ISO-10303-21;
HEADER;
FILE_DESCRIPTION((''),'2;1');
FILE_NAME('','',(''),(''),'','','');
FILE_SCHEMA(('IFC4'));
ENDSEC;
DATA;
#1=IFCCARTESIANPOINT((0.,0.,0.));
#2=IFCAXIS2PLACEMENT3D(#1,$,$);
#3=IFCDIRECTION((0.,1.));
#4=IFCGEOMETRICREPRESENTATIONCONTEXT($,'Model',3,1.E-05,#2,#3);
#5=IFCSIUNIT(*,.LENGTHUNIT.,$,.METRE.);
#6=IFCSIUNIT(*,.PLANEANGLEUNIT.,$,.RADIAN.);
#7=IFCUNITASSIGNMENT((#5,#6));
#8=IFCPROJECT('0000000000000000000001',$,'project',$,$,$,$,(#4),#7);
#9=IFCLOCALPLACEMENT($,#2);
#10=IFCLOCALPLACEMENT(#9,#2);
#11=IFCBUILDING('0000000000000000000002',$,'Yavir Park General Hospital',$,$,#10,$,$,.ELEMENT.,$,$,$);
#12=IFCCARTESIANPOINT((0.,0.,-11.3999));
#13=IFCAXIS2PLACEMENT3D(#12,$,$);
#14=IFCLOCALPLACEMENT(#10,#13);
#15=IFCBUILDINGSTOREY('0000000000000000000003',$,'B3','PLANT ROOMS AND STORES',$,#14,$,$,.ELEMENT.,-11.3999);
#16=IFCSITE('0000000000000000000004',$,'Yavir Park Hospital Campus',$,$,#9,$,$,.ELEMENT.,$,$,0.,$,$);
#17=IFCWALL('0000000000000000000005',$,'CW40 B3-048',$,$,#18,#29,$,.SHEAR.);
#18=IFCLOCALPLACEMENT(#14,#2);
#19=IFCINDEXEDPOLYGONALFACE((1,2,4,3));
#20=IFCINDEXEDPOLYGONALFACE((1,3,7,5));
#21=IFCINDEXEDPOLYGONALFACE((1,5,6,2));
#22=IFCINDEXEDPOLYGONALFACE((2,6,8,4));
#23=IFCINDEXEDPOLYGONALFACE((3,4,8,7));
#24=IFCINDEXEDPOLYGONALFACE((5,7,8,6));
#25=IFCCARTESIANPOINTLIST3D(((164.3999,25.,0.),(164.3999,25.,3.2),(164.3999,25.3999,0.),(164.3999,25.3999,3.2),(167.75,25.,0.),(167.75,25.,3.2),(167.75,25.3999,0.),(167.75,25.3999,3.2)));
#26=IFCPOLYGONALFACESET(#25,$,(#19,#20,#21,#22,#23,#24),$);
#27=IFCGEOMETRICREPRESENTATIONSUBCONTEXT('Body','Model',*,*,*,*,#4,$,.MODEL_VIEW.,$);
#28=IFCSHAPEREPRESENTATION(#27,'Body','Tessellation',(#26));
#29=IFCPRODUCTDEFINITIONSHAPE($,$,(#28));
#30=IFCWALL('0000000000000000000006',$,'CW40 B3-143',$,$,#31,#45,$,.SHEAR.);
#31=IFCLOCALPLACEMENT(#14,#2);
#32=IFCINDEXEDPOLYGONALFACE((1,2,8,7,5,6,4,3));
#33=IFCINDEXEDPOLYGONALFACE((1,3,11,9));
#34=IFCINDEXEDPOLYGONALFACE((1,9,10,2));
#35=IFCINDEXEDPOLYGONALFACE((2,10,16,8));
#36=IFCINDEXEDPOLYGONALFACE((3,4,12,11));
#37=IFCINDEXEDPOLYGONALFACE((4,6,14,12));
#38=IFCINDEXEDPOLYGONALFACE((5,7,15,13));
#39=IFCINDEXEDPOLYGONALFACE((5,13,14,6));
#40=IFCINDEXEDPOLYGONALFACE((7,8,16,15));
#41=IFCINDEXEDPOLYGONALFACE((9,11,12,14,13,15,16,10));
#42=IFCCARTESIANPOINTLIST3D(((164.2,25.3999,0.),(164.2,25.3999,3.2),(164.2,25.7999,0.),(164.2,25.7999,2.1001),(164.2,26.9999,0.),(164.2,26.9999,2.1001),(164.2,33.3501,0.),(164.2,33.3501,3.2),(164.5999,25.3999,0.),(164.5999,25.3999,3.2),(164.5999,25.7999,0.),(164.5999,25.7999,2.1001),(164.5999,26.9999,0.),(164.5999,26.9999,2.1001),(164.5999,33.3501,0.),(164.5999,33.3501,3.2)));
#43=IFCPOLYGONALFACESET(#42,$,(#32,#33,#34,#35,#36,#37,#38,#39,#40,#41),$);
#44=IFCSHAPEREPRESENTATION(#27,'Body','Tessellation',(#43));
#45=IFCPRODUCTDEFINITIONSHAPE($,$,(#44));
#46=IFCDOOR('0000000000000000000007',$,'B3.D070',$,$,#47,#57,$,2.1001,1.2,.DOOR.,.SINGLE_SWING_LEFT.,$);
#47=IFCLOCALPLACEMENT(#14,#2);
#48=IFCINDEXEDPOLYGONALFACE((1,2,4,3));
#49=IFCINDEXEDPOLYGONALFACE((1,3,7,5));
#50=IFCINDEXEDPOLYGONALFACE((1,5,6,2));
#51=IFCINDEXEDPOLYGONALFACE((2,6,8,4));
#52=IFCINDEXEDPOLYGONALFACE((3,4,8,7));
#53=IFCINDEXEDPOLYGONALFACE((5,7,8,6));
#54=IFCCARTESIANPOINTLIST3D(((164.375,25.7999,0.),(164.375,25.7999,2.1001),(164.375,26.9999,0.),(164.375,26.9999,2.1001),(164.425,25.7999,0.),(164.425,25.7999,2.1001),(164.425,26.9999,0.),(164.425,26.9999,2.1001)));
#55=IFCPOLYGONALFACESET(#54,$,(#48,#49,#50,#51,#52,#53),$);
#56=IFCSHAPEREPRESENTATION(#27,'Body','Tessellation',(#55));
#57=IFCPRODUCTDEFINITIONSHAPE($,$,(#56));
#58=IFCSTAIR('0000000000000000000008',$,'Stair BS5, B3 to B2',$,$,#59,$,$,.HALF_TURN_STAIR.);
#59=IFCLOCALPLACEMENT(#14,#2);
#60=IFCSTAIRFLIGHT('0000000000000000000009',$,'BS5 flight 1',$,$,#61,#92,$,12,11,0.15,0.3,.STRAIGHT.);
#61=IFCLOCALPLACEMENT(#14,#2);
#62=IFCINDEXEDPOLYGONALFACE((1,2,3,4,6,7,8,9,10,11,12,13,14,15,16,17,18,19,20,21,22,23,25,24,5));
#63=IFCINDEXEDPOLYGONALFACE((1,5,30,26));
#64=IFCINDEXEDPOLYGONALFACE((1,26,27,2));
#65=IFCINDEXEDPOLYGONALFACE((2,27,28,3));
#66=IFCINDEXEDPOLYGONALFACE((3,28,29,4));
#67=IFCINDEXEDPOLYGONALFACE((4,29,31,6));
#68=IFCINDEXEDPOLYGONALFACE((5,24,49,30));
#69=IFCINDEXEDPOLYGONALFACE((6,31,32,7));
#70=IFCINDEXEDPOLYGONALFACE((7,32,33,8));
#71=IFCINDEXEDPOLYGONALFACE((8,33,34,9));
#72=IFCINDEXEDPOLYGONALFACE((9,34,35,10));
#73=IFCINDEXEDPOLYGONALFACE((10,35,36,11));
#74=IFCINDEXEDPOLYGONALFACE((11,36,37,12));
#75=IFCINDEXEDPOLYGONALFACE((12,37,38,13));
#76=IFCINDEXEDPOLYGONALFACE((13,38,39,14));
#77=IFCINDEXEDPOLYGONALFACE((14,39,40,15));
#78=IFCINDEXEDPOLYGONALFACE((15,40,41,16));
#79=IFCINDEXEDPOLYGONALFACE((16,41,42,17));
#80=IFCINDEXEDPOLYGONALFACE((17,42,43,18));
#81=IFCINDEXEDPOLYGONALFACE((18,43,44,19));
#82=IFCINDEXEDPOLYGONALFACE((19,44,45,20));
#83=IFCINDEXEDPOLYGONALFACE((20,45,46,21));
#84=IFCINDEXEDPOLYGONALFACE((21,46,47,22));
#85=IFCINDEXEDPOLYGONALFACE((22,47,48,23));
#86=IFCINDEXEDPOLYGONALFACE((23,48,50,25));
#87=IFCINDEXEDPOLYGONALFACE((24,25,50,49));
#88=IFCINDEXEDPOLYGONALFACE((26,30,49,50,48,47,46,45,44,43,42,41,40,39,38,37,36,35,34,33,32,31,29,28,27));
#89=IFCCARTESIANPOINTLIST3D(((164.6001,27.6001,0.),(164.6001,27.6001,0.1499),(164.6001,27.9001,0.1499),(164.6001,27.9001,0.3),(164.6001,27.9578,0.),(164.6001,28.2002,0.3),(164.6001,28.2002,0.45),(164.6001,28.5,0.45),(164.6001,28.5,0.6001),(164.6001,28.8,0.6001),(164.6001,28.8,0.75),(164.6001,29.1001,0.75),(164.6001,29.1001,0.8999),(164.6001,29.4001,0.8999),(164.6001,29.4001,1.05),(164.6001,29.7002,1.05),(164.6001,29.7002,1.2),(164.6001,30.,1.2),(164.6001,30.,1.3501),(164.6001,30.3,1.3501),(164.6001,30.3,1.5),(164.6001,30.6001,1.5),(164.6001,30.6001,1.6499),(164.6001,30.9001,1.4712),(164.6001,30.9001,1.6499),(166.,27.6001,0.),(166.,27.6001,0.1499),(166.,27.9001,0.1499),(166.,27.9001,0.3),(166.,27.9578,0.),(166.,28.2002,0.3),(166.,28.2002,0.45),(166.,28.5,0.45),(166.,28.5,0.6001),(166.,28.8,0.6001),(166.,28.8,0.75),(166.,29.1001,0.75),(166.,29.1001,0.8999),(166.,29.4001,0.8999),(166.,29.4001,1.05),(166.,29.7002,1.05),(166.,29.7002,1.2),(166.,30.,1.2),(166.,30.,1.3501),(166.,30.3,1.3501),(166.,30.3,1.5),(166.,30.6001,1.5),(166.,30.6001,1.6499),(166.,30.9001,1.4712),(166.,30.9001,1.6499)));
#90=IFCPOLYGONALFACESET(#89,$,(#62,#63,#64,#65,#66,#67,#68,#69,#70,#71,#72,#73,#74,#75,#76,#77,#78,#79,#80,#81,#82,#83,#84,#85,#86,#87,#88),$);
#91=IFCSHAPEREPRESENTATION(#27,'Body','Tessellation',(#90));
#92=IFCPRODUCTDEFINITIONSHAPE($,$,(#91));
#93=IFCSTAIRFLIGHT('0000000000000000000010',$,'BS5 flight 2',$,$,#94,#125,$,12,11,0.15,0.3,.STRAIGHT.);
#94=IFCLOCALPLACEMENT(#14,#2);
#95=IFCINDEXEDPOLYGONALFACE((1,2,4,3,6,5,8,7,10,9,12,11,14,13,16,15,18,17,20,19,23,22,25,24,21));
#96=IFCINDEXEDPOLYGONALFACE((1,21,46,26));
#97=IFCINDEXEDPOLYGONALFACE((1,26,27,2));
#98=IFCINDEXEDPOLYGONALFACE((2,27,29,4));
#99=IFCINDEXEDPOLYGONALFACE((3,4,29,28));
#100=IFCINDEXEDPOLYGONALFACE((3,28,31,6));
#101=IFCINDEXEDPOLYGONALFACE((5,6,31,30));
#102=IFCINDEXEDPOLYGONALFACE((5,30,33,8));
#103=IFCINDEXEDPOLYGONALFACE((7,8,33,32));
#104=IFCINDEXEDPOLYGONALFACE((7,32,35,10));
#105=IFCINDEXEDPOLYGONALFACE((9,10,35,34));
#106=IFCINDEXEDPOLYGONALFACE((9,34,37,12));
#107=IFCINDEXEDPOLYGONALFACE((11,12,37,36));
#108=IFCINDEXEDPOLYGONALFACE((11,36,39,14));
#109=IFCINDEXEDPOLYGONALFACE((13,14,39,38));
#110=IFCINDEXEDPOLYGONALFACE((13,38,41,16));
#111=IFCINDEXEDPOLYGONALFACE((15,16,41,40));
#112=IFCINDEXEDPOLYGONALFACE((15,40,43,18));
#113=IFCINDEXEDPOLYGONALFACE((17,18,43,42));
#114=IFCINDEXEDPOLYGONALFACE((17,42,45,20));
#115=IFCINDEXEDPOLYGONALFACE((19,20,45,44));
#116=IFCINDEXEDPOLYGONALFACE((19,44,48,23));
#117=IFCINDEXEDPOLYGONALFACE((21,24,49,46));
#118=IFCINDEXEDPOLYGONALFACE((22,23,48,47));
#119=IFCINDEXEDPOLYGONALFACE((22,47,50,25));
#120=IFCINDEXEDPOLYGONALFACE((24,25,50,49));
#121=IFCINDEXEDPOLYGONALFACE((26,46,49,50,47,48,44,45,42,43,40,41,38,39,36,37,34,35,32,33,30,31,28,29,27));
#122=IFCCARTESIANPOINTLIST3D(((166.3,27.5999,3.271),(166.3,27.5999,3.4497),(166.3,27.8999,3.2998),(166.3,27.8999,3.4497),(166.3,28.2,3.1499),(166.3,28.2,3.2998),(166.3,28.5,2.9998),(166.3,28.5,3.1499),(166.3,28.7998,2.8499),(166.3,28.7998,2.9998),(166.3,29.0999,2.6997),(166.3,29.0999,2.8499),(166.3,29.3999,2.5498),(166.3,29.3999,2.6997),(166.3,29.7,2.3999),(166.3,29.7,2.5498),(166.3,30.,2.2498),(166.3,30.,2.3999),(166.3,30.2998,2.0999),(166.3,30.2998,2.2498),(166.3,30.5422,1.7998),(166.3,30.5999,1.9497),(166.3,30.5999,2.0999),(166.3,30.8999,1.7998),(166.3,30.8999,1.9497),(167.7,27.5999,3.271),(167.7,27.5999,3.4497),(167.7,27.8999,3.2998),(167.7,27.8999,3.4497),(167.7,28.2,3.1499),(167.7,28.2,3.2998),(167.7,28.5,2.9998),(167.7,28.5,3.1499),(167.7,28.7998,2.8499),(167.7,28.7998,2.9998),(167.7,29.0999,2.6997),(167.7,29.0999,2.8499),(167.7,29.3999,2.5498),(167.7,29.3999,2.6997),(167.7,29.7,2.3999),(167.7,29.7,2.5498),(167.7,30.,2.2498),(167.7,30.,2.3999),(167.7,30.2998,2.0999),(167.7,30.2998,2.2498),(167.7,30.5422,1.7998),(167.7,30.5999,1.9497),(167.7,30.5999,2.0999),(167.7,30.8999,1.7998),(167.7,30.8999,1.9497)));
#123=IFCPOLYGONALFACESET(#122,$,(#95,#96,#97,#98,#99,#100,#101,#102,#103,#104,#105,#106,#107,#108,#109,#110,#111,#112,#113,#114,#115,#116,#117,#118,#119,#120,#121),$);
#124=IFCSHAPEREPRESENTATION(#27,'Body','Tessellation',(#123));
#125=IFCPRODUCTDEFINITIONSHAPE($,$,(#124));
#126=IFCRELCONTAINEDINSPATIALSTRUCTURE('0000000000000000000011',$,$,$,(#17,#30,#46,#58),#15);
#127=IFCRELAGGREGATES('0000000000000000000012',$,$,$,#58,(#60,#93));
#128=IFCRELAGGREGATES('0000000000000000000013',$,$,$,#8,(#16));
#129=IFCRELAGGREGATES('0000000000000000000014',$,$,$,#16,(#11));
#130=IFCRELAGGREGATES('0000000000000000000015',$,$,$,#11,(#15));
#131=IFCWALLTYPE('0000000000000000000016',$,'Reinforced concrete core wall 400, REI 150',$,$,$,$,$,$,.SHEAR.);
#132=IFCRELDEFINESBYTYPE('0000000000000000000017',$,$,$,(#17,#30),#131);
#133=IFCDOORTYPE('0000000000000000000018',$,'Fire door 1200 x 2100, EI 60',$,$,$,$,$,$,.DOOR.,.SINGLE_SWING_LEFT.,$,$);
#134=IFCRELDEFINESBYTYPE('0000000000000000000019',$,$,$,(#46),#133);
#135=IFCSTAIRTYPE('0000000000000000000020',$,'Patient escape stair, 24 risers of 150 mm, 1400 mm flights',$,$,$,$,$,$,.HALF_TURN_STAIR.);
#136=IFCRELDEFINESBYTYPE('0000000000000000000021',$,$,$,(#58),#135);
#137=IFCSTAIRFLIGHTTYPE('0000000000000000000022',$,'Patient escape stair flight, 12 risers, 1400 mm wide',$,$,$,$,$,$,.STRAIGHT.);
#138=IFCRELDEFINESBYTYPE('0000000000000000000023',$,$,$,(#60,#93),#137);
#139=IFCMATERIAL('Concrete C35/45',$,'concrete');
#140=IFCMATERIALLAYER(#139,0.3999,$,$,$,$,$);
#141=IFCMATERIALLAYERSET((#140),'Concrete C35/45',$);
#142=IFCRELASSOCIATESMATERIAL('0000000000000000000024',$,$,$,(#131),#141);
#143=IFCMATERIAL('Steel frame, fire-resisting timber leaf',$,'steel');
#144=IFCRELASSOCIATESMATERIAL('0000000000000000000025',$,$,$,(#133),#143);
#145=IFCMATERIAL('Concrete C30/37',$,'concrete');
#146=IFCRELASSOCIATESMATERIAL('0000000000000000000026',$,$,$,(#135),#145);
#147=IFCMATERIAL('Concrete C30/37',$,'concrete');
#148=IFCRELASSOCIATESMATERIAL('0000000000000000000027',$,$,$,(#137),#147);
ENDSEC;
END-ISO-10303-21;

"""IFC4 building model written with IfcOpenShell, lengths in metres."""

from ifc_helpers import new_model, si_unit, direction, frame, frame_2d, origin, place, context, subcontext, project, spatial, polyline, rectangle, outline, extrude, material, layer, layer_set, type_object, element, fill, aggregate, save


model = new_model("IFC4")

# Units and contexts
model_context = context("Model", 3, precision=1e-05, world=origin(), true_north=direction((0.0, 1.0)))
body_context = subcontext(model_context, "Body", "Model", "MODEL_VIEW")
ifc_project = project(units=[si_unit("LENGTHUNIT", "METRE"), si_unit("PLANEANGLEUNIT", "RADIAN")], contexts=[model_context])

# Site, building, storey
site_placement = place(None, origin())
site = spatial("IfcSite", under=ifc_project, at=site_placement, Name="Yavir Park Hospital Campus", CompositionType="ELEMENT", RefElevation=0.0)
building_placement = place(site_placement, origin())
building = spatial("IfcBuilding", under=site, at=building_placement, Name="Yavir Park General Hospital", CompositionType="ELEMENT")
storey_placement = place(building_placement, frame((0.0, 0.0, -11.3999)))
storey = spatial("IfcBuildingStorey", under=building, at=storey_placement, Name="B3", Description="PLANT ROOMS AND STORES", CompositionType="ELEMENT", Elevation=-11.3999)

# Wall
ifc_material_1 = material(Name="Concrete C35/45", Category="concrete")
ifc_layer_1 = layer(ifc_material_1, 0.3999)
ifc_layer_set_1 = layer_set([ifc_layer_1], Name="Concrete C35/45")
wall_type_1 = type_object("IfcWallType", Name="Reinforced concrete core wall 400, REI 150", PredefinedType="SHEAR", material=ifc_layer_set_1)
wall_1_placement = place(storey_placement, frame((164.3999, 25.2, 0.0), z_axis=(0.0, 0.0, 1.0), x_axis=(1.0, 0.0, 0.0)))
element("IfcWall", 1, at=wall_1_placement, inside=storey, type_object=wall_type_1, Name="CW40 B3-048", PredefinedType="SHEAR", context=body_context, shape_type="SweptSolid", body=[
    extrude(rectangle(XDim=3.3501, YDim=0.3999, at=frame_2d((1.675, 0.0))), origin(), (0.0, 0.0, 1.0), 3.2),
])

# Wall, opening, door
wall_2_placement = place(storey_placement, frame((164.3999, 25.3999, 0.0), z_axis=(0.0, 0.0, 1.0), x_axis=(0.0, 1.0, 0.0)))
wall_2 = element("IfcWall", 2, at=wall_2_placement, inside=storey, type_object=wall_type_1, Name="CW40 B3-143", PredefinedType="SHEAR", context=body_context, shape_type="SweptSolid", body=[
    extrude(rectangle(XDim=7.9502, YDim=0.3999, at=frame_2d((3.9751, 0.0))), origin(), (0.0, 0.0, 1.0), 3.2),
])
opening_1_placement = place(wall_2_placement, frame((0.3999, 0.0, 0.0)))
opening_1 = element("IfcOpeningElement", 3, at=opening_1_placement, cuts=wall_2, PredefinedType="OPENING", context=body_context, shape_type="SweptSolid", body=[
    extrude(rectangle(XDim=1.2, YDim=2.1001, at=frame_2d((0.6001, 1.05))), frame((0.0, 0.21, 0.0), z_axis=(0.0, -1.0, 0.0), x_axis=(1.0, 0.0, 0.0)), (0.0, 0.0, 1.0), 0.4199),
])
ifc_material_2 = material(Name="Steel frame, fire-resisting timber leaf", Category="steel")
door_type_1 = type_object("IfcDoorType", Name="Fire door 1200 x 2100, EI 60", OperationType="SINGLE_SWING_LEFT", PredefinedType="DOOR", material=ifc_material_2)
door_1_placement = place(opening_1_placement, origin())
door_1 = element("IfcDoor", 4, at=door_1_placement, inside=storey, type_object=door_type_1, Name="B3.D070", OperationType="SINGLE_SWING_LEFT", OverallHeight=2.1001, OverallWidth=1.2, PredefinedType="DOOR", context=body_context, shape_type="SweptSolid", body=[
    extrude(rectangle(XDim=1.2, YDim=2.1001, at=frame_2d((0.6001, 1.05))), frame((0.0, 0.0249, 0.0), z_axis=(0.0, -1.0, 0.0), x_axis=(1.0, 0.0, 0.0)), (0.0, 0.0, 1.0), 0.05),
])
fill(opening_1, door_1)

# Stair, stair flights
ifc_material_3 = material(Name="Concrete C30/37", Category="concrete")
stair_type = type_object("IfcStairType", Name="Patient escape stair, 24 risers of 150 mm, 1400 mm flights", PredefinedType="HALF_TURN_STAIR", material=ifc_material_3)
stair_placement = place(storey_placement, origin())
stair = element("IfcStair", 5, at=stair_placement, inside=storey, type_object=stair_type, Name="Stair BS5, B3 to B2", PredefinedType="HALF_TURN_STAIR")
ifc_material_4 = material(Name="Concrete C30/37", Category="concrete")
stair_flight_type = type_object("IfcStairFlightType", Name="Patient escape stair flight, 12 risers, 1400 mm wide", PredefinedType="STRAIGHT", material=ifc_material_4)
stair_flight_1_placement = place(storey_placement, frame((165.3, 27.6001, 0.0), z_axis=(0.0, 0.0, 1.0), x_axis=(0.0, 1.0, 0.0)))
stair_flight_1 = element("IfcStairFlight", 6, at=stair_flight_1_placement, type_object=stair_flight_type, Name="BS5 flight 1", NumberOfRisers=12, NumberOfTreads=11, PredefinedType="STRAIGHT", RiserHeight=0.15, TreadLength=0.3, context=body_context, shape_type="SweptSolid", body=[
    extrude(outline(polyline([(0.0, 0.0), (0.0, 0.1499), (0.3, 0.1499), (0.3, 0.3), (0.6001, 0.3), (0.6001, 0.45), (0.8999, 0.45), (0.8999, 0.6001), (1.2, 0.6001), (1.2, 0.75), (1.5, 0.75), (1.5, 0.8999), (1.8, 0.8999), (1.8, 1.05), (2.1001, 1.05), (2.1001, 1.2), (2.3999, 1.2), (2.3999, 1.3501), (2.7, 1.3501), (2.7, 1.5), (3.0, 1.5), (3.0, 1.6499), (3.3, 1.6499), (3.3, 1.8), (3.3, 1.4712), (0.3577, 0.0), (0.0, 0.0)])), frame((0.0, 0.7, 0.0), z_axis=(0.0, -1.0, 0.0), x_axis=(1.0, 0.0, 0.0)), (0.0, 0.0, 1.0), 1.3999),
])
stair_flight_2_placement = place(storey_placement, frame((167.0, 30.8999, 1.7998), z_axis=(0.0, 0.0, 1.0), x_axis=(0.0, -1.0, 0.0)))
stair_flight_2 = element("IfcStairFlight", 7, at=stair_flight_2_placement, type_object=stair_flight_type, Name="BS5 flight 2", NumberOfRisers=12, NumberOfTreads=11, PredefinedType="STRAIGHT", RiserHeight=0.15, TreadLength=0.3, context=body_context, shape_type="SweptSolid", body=[
    extrude(outline(polyline([(0.0, 0.0), (0.0, 0.1499), (0.3, 0.1499), (0.3, 0.3), (0.6001, 0.3), (0.6001, 0.45), (0.8999, 0.45), (0.8999, 0.6001), (1.2, 0.6001), (1.2, 0.75), (1.5, 0.75), (1.5, 0.8999), (1.8, 0.8999), (1.8, 1.05), (2.1001, 1.05), (2.1001, 1.2), (2.3999, 1.2), (2.3999, 1.3501), (2.7, 1.3501), (2.7, 1.5), (3.0, 1.5), (3.0, 1.6499), (3.3, 1.6499), (3.3, 1.8), (3.3, 1.4712), (0.3577, 0.0), (0.0, 0.0)])), frame((0.0, 0.7, 0.0), z_axis=(0.0, -1.0, 0.0), x_axis=(1.0, 0.0, 0.0)), (0.0, 0.0, 1.0), 1.3999),
])
aggregate(stair, [stair_flight_1, stair_flight_2])

save(model, "model.ifc")
